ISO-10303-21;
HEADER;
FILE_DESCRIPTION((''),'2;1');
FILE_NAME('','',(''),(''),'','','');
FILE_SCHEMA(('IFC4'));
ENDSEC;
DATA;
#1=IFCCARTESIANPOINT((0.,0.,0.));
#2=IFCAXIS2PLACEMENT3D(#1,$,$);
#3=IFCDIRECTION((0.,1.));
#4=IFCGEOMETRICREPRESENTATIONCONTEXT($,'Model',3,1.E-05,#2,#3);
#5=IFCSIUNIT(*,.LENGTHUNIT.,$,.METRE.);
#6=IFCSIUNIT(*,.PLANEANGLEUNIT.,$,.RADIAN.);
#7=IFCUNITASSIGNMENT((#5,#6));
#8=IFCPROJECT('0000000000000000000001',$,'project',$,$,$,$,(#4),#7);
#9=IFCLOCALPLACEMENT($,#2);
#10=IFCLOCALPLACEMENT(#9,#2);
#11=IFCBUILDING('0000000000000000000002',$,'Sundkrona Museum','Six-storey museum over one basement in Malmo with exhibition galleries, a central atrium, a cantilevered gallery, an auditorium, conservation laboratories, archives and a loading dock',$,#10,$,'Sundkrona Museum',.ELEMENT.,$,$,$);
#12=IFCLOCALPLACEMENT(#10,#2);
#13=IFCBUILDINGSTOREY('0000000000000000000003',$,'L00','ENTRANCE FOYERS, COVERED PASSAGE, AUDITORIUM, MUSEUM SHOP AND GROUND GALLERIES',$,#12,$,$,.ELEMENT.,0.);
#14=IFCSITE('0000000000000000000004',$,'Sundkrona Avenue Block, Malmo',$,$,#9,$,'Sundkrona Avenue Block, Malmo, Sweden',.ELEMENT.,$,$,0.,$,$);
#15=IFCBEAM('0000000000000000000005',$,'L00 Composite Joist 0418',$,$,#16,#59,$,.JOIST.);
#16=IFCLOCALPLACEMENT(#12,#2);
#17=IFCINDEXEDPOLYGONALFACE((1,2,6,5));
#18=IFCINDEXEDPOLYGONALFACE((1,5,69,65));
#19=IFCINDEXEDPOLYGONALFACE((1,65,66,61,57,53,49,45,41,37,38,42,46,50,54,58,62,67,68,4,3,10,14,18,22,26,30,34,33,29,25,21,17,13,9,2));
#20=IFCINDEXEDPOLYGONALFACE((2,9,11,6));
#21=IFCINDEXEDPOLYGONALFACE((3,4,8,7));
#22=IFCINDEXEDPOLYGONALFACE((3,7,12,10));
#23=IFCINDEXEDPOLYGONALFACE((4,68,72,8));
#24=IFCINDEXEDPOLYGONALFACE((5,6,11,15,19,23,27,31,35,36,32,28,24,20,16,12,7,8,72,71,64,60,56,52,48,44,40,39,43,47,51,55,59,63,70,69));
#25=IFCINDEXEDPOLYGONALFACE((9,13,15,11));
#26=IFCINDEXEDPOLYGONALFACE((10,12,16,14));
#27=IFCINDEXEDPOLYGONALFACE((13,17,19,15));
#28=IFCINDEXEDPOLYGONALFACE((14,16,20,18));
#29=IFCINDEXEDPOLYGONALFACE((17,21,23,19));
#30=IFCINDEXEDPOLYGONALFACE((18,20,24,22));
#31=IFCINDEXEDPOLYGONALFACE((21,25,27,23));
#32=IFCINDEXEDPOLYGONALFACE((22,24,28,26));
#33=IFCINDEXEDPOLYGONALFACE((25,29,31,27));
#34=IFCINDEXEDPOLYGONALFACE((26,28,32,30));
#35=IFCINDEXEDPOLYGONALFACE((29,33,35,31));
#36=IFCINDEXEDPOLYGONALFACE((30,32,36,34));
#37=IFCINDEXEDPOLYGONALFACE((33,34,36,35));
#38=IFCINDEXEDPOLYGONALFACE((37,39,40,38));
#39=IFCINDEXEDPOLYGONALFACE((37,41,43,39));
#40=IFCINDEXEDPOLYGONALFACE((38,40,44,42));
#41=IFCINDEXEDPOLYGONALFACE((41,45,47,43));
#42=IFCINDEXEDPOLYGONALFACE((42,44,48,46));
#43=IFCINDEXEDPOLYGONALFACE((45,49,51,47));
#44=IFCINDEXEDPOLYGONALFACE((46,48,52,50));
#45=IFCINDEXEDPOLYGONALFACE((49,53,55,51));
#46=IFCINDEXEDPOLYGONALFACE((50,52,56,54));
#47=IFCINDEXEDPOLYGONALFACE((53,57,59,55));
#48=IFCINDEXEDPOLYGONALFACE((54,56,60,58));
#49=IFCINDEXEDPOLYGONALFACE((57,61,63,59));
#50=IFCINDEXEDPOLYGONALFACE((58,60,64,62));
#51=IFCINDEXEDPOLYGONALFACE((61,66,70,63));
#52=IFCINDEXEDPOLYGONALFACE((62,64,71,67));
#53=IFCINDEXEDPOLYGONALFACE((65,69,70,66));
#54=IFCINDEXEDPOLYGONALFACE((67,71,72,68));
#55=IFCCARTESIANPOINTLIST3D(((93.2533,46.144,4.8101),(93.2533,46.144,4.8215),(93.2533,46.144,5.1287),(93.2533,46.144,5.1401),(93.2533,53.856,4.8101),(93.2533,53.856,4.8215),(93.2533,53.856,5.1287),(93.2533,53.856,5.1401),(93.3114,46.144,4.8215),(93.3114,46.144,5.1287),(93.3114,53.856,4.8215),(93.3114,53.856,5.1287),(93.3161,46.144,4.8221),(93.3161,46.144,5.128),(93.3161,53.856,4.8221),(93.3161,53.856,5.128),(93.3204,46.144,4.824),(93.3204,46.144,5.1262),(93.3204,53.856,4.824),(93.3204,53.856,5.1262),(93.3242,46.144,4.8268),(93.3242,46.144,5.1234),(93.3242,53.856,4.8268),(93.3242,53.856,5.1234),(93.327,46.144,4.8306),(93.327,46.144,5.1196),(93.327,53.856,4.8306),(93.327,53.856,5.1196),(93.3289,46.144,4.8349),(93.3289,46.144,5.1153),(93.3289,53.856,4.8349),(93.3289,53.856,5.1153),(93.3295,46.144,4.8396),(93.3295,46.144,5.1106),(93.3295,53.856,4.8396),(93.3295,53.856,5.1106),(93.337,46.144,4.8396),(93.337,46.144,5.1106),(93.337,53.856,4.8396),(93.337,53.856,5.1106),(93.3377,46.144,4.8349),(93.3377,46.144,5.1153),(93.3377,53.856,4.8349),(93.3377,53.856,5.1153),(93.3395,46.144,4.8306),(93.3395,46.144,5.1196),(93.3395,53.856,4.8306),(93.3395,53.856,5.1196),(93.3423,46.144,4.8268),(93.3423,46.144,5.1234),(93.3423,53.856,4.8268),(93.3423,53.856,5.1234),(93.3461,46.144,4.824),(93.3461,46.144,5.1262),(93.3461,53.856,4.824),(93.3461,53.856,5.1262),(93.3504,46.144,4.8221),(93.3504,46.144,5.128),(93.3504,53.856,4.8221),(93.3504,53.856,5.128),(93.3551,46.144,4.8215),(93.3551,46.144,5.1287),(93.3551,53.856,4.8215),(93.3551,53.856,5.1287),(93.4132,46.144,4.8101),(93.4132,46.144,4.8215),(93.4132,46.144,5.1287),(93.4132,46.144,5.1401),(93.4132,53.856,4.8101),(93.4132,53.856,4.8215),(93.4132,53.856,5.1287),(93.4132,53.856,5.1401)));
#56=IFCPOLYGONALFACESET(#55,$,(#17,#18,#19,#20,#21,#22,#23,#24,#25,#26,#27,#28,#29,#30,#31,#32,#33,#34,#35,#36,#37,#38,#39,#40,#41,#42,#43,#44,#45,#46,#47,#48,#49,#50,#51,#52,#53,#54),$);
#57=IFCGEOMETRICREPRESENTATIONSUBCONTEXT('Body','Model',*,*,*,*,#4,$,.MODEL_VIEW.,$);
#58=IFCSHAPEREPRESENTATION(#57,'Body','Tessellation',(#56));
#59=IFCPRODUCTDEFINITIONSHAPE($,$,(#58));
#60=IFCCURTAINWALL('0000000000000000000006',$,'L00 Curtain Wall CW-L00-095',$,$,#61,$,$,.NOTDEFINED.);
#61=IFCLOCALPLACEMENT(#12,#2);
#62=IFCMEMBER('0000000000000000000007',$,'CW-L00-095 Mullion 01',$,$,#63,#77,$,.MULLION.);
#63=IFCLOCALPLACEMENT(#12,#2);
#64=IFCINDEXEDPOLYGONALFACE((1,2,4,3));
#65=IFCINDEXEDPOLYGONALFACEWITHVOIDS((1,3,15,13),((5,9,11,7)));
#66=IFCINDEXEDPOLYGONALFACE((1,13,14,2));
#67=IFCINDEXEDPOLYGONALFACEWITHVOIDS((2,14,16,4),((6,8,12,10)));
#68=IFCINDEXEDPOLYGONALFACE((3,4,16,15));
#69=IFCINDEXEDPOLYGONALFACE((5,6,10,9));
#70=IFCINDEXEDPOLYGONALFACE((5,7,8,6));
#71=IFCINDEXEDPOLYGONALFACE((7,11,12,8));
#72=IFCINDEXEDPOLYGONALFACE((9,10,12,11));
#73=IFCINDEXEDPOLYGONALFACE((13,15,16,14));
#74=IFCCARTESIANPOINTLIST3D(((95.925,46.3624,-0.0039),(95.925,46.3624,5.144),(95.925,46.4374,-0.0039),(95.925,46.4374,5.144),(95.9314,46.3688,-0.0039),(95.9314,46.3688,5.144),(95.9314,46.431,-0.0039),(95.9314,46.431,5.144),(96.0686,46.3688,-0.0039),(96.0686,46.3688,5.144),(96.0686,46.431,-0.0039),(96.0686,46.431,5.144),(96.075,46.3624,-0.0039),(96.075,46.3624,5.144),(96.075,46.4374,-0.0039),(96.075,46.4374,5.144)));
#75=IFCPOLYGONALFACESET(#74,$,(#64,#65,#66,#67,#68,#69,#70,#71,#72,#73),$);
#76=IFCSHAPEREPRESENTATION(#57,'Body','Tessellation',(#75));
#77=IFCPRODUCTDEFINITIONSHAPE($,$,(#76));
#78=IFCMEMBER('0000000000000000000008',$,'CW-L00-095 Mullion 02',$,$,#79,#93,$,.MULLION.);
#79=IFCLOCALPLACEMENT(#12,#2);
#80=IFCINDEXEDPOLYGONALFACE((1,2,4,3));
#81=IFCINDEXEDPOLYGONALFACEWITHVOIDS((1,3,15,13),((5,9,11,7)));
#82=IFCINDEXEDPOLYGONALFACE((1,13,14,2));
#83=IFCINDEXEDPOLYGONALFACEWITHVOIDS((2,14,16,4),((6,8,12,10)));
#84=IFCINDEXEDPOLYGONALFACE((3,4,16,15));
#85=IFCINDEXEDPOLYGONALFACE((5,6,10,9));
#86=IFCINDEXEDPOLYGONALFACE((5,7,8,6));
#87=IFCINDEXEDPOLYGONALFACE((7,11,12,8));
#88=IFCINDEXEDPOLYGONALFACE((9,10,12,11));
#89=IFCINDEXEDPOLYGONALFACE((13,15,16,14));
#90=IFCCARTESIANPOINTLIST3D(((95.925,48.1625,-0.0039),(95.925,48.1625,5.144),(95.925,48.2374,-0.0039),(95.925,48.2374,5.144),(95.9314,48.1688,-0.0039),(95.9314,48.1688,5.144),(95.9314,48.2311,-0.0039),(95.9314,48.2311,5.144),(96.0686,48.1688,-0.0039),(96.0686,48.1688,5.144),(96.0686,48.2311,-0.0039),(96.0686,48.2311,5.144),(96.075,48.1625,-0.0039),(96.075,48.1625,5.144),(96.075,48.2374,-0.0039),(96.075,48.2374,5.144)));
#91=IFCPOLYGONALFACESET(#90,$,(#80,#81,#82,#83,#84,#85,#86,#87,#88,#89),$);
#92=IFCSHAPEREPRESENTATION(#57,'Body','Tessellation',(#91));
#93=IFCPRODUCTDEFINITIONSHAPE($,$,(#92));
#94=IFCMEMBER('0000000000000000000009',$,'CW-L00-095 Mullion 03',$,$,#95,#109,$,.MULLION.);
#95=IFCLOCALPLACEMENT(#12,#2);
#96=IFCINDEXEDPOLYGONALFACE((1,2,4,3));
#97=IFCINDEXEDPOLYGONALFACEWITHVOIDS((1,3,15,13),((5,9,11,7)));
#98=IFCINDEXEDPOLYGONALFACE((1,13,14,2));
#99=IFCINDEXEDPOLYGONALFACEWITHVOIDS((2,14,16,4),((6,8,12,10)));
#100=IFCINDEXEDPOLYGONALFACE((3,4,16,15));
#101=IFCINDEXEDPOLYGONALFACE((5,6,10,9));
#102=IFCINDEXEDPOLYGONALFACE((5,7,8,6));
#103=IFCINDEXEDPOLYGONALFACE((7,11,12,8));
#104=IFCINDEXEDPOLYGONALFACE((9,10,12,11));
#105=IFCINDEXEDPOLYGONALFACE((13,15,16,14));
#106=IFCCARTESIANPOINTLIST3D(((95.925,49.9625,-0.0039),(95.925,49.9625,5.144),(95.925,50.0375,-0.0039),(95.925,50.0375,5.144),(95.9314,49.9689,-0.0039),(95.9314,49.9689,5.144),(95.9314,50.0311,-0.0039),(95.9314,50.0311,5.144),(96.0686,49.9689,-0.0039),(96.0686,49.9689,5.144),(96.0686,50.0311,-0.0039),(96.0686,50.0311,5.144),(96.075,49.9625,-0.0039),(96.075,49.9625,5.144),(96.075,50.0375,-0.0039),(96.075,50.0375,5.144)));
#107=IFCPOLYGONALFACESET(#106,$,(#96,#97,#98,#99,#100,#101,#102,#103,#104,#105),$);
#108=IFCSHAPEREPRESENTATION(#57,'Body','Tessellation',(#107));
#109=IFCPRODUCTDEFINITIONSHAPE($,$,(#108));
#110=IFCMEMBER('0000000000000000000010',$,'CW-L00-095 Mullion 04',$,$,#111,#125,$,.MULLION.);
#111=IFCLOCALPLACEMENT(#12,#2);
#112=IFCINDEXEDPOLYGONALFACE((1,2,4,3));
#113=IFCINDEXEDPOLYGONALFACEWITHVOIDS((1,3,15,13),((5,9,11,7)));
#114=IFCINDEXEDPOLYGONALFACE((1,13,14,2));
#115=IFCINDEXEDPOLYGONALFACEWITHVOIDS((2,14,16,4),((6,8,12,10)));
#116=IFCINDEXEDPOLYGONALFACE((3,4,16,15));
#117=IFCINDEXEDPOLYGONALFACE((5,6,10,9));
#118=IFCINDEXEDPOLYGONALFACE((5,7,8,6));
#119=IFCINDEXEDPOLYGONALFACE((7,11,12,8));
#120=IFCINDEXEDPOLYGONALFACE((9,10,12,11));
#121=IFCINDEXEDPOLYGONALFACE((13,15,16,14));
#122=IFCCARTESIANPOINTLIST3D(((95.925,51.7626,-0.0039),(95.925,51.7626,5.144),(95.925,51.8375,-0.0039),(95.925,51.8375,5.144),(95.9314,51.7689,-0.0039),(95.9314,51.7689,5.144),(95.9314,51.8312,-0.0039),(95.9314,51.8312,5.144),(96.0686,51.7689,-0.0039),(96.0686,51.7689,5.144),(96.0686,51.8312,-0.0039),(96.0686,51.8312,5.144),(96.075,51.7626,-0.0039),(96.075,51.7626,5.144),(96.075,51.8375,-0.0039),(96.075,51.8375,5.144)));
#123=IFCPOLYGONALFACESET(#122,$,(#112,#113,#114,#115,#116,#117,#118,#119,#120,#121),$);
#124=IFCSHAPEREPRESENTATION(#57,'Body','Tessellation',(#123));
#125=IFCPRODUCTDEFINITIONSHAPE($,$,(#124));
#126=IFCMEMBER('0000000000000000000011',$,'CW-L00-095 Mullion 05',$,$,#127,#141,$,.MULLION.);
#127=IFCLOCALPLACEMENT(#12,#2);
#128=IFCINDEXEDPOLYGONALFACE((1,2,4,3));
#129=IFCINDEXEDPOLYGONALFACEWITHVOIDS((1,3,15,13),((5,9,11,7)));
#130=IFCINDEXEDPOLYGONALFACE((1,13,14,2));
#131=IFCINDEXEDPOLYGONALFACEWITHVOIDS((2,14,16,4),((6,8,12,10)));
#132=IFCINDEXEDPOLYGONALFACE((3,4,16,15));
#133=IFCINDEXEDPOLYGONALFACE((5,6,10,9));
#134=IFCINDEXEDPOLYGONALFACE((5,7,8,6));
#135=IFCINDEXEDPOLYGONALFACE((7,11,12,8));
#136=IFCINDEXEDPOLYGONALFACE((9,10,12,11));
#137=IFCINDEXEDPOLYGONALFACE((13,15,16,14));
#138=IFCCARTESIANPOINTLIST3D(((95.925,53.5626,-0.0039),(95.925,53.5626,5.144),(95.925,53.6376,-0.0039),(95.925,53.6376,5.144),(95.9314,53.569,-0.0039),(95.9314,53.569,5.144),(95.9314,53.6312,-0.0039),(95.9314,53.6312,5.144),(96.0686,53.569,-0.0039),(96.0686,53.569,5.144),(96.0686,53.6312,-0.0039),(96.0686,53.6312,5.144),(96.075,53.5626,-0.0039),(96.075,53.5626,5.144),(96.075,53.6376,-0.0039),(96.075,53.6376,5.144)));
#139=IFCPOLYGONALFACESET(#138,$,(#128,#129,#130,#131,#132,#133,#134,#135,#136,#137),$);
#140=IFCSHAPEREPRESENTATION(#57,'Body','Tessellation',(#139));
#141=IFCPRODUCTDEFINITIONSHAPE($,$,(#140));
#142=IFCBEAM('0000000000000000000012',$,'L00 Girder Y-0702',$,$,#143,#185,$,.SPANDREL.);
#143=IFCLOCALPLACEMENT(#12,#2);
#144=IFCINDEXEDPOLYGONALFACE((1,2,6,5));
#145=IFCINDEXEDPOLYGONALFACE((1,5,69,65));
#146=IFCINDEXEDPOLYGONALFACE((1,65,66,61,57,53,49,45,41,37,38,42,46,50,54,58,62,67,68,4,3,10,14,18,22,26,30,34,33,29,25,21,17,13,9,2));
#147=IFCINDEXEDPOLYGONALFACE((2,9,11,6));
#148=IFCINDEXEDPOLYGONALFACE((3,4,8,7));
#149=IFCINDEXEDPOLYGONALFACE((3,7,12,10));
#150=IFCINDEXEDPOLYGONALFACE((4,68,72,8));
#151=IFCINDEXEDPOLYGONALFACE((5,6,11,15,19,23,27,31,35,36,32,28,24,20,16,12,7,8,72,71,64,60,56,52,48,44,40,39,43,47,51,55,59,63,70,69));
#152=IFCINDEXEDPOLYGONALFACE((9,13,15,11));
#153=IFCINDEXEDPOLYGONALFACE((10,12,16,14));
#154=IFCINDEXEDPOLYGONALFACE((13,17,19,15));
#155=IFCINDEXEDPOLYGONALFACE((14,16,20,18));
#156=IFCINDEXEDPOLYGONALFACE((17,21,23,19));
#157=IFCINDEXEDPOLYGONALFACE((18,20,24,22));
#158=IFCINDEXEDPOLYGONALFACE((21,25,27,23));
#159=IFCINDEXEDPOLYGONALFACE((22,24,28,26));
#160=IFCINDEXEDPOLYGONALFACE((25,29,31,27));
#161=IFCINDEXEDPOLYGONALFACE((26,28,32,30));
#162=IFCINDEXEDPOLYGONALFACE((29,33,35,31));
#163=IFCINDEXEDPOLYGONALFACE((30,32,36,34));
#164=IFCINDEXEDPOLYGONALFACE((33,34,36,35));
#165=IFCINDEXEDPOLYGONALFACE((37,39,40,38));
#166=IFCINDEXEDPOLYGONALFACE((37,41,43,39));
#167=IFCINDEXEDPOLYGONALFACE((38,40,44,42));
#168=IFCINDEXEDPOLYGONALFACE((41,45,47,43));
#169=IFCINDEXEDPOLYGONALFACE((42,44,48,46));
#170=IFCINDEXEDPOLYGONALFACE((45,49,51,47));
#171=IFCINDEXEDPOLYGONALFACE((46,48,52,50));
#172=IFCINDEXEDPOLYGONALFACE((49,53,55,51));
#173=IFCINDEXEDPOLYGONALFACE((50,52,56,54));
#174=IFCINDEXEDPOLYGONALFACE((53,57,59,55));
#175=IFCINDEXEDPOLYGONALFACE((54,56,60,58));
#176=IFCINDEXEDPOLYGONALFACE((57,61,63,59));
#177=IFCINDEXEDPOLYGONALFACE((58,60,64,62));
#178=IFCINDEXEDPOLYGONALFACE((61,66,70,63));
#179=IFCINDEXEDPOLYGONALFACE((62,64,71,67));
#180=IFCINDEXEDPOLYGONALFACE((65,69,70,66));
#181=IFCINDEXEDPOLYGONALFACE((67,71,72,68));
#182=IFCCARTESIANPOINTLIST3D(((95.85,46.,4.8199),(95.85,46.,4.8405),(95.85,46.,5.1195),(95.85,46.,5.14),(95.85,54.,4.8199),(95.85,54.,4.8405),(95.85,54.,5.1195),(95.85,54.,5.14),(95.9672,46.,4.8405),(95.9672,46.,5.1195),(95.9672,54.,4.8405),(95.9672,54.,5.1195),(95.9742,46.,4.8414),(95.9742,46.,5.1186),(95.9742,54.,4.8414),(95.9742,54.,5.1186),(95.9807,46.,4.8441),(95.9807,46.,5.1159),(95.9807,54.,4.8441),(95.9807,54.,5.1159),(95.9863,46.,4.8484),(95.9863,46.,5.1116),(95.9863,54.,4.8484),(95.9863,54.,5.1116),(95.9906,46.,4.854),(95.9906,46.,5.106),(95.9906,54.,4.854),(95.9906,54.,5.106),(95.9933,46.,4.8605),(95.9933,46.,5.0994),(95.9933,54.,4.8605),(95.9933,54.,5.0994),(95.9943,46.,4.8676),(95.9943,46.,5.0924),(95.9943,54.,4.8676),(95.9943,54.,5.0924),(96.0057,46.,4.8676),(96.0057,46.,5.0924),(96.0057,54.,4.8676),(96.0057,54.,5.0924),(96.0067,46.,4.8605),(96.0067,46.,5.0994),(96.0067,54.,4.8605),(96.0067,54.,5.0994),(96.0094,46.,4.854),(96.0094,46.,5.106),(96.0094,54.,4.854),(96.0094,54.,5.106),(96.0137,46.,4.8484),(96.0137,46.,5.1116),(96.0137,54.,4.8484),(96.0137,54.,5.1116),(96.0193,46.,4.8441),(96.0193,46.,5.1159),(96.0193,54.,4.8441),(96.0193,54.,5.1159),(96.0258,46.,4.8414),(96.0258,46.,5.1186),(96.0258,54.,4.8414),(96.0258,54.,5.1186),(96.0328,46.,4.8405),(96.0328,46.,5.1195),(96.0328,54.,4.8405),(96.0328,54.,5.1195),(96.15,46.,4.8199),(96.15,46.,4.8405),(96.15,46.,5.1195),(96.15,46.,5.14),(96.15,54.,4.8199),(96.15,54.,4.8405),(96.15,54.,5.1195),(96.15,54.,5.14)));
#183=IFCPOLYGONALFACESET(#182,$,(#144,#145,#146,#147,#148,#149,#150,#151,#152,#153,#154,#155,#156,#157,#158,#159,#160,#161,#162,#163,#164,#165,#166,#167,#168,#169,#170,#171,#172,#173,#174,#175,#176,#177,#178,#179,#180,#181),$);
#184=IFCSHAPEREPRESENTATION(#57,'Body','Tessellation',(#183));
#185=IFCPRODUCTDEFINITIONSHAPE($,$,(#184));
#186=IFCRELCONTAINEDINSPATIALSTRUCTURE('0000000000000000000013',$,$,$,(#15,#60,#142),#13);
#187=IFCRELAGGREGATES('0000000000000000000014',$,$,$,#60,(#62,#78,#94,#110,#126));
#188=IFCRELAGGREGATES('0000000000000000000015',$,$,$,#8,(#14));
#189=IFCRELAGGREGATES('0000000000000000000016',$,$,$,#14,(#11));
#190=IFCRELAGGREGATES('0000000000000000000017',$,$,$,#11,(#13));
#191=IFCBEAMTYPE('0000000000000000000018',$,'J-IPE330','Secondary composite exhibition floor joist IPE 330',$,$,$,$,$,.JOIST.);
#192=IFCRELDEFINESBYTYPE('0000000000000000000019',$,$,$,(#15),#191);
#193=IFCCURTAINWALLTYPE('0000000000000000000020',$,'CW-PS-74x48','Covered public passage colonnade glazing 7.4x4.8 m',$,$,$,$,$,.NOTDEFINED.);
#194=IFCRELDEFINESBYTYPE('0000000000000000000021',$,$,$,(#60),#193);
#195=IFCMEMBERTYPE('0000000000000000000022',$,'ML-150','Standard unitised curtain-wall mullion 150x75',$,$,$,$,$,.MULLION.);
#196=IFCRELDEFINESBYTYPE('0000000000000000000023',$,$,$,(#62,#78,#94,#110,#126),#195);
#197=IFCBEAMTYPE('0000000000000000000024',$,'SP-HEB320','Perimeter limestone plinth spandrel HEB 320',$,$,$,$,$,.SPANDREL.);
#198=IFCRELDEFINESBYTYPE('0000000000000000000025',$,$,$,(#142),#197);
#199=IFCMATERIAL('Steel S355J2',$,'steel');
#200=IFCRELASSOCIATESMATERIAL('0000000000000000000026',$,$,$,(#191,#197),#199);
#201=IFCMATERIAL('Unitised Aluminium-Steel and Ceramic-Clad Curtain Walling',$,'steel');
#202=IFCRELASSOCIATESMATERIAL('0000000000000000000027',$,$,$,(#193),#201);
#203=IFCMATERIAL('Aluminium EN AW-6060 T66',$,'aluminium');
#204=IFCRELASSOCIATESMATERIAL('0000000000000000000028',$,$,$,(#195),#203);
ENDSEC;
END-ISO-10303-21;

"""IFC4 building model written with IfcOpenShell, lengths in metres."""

from ifc_helpers import new_model, si_unit, direction, frame, origin, origin_2d, place, context, subcontext, project, spatial, hollow_rectangle, i_section, extrude, material, material_profile, profile_set, type_object, element, aggregate, save


model = new_model("IFC4")

# Units and contexts
model_context = context("Model", 3, precision=1e-05, world=origin(), true_north=direction((0.0, 1.0)))
body_context = subcontext(model_context, "Body", "Model", "MODEL_VIEW")
ifc_project = project(units=[si_unit("LENGTHUNIT", "METRE"), si_unit("PLANEANGLEUNIT", "RADIAN")], contexts=[model_context])

# Site, building, storey
site_placement = place(None, origin())
site = spatial("IfcSite", under=ifc_project, at=site_placement, Name="Sundkrona Avenue Block, Malmo", LongName="Sundkrona Avenue Block, Malmo, Sweden", CompositionType="ELEMENT", RefElevation=0.0)
building_placement = place(site_placement, origin())
building = spatial("IfcBuilding", under=site, at=building_placement, Name="Sundkrona Museum", Description="Six-storey museum over one basement in Malmo with exhibition galleries, a central atrium, a cantilevered gallery, an auditorium, conservation laboratories, archives and a loading dock", LongName="Sundkrona Museum", CompositionType="ELEMENT")
storey_placement = place(building_placement, origin())
storey = spatial("IfcBuildingStorey", under=building, at=storey_placement, Name="L00", Description="ENTRANCE FOYERS, COVERED PASSAGE, AUDITORIUM, MUSEUM SHOP AND GROUND GALLERIES", CompositionType="ELEMENT", Elevation=0.0)

# Shared definitions
ifc_material_1 = material(Name="Steel S355J2", Category="steel")

# Beam
ifc_material_profile_1 = material_profile(ifc_material_1, i_section(OverallWidth=0.1599, OverallDepth=0.3301, WebThickness=0.0076, FlangeThickness=0.0115, FilletRadius=0.0181, at=origin_2d()), Name="IPE 330")
ifc_profile_set_1 = profile_set([ifc_material_profile_1], Name="Steel S355J2")
beam_type_1 = type_object("IfcBeamType", Name="J-IPE330", Description="Secondary composite exhibition floor joist IPE 330", PredefinedType="JOIST", material=ifc_profile_set_1)
for number, where, z_axis, x_axis, name in (
    (1, (93.3333, 46.144, 4.9751), (0.0, 1.0, 0.0), (-1.0, 0.0, 0.0), "L00 Composite Joist 0418"),
):
    element("IfcBeam", number, at=place(storey_placement, frame(where, z_axis=z_axis, x_axis=x_axis)), inside=storey, type_object=beam_type_1, Name=name, PredefinedType="JOIST", context=body_context, shape_type="SweptSolid", body=[
        extrude(i_section(OverallWidth=0.1599, OverallDepth=0.3301, WebThickness=0.0076, FlangeThickness=0.0115, FilletRadius=0.0181, at=origin_2d()), origin(), (0.0, 0.0, 1.0), 7.7119),
    ])

# Curtain wall, members
ifc_material_2 = material(Name="Unitised Aluminium-Steel and Ceramic-Clad Curtain Walling", Category="steel")
curtain_wall_type = type_object("IfcCurtainWallType", Name="CW-PS-74x48", Description="Covered public passage colonnade glazing 7.4x4.8 m", PredefinedType="NOTDEFINED", material=ifc_material_2)
curtain_wall_placement = place(storey_placement, origin())
curtain_wall = element("IfcCurtainWall", 2, at=curtain_wall_placement, inside=storey, type_object=curtain_wall_type, Name="L00 Curtain Wall CW-L00-095", PredefinedType="NOTDEFINED")
ifc_material_3 = material(Name="Aluminium EN AW-6060 T66", Category="aluminium")
ifc_material_profile_2 = material_profile(ifc_material_3, hollow_rectangle(XDim=0.075, YDim=0.1499, WallThickness=0.0063, at=origin_2d()), Name="RHS 150x75x6.3")
ifc_profile_set_2 = profile_set([ifc_material_profile_2], Name="Aluminium EN AW-6060 T66")
member_type_1 = type_object("IfcMemberType", Name="ML-150", Description="Standard unitised curtain-wall mullion 150x75", PredefinedType="MULLION", material=ifc_profile_set_2)
member_1_placement = place(storey_placement, frame((96.0, 46.3999, -0.0039), z_axis=(0.0, 0.0, 1.0), x_axis=(0.0, 1.0, 0.0)))
member_1 = element("IfcMember", 3, at=member_1_placement, type_object=member_type_1, Name="CW-L00-095 Mullion 01", PredefinedType="MULLION", context=body_context, shape_type="SweptSolid", body=[
    extrude(hollow_rectangle(XDim=0.075, YDim=0.1499, WallThickness=0.0063, at=origin_2d()), origin(), (0.0, 0.0, 1.0), 5.1479),
])
member_2_placement = place(storey_placement, frame((96.0, 48.2, -0.0039), z_axis=(0.0, 0.0, 1.0), x_axis=(0.0, 1.0, 0.0)))
member_2 = element("IfcMember", 4, at=member_2_placement, type_object=member_type_1, Name="CW-L00-095 Mullion 02", PredefinedType="MULLION", context=body_context, shape_type="SweptSolid", body=[
    extrude(hollow_rectangle(XDim=0.075, YDim=0.1499, WallThickness=0.0063, at=origin_2d()), origin(), (0.0, 0.0, 1.0), 5.1479),
])
member_3_placement = place(storey_placement, frame((96.0, 50.0, -0.0039), z_axis=(0.0, 0.0, 1.0), x_axis=(0.0, 1.0, 0.0)))
member_3 = element("IfcMember", 5, at=member_3_placement, type_object=member_type_1, Name="CW-L00-095 Mullion 03", PredefinedType="MULLION", context=body_context, shape_type="SweptSolid", body=[
    extrude(hollow_rectangle(XDim=0.075, YDim=0.1499, WallThickness=0.0063, at=origin_2d()), origin(), (0.0, 0.0, 1.0), 5.1479),
])
member_4_placement = place(storey_placement, frame((96.0, 51.8, -0.0039), z_axis=(0.0, 0.0, 1.0), x_axis=(0.0, 1.0, 0.0)))
member_4 = element("IfcMember", 6, at=member_4_placement, type_object=member_type_1, Name="CW-L00-095 Mullion 04", PredefinedType="MULLION", context=body_context, shape_type="SweptSolid", body=[
    extrude(hollow_rectangle(XDim=0.075, YDim=0.1499, WallThickness=0.0063, at=origin_2d()), origin(), (0.0, 0.0, 1.0), 5.1479),
])
member_5_placement = place(storey_placement, frame((96.0, 53.6001, -0.0039), z_axis=(0.0, 0.0, 1.0), x_axis=(0.0, 1.0, 0.0)))
member_5 = element("IfcMember", 7, at=member_5_placement, type_object=member_type_1, Name="CW-L00-095 Mullion 05", PredefinedType="MULLION", context=body_context, shape_type="SweptSolid", body=[
    extrude(hollow_rectangle(XDim=0.075, YDim=0.1499, WallThickness=0.0063, at=origin_2d()), origin(), (0.0, 0.0, 1.0), 5.1479),
])

# Beam
ifc_material_profile_3 = material_profile(ifc_material_1, i_section(OverallWidth=0.3, OverallDepth=0.3201, WebThickness=0.0115, FlangeThickness=0.0205, FilletRadius=0.0271, at=origin_2d()), Name="HEB 320")
ifc_profile_set_3 = profile_set([ifc_material_profile_3], Name="Steel S355J2")
beam_type_2 = type_object("IfcBeamType", Name="SP-HEB320", Description="Perimeter limestone plinth spandrel HEB 320", PredefinedType="SPANDREL", material=ifc_profile_set_3)
beam_1_placement = place(storey_placement, frame((96.0, 46.0, 4.98), z_axis=(0.0, 1.0, 0.0), x_axis=(-1.0, 0.0, 0.0)))
element("IfcBeam", 8, at=beam_1_placement, inside=storey, type_object=beam_type_2, Name="L00 Girder Y-0702", PredefinedType="SPANDREL", context=body_context, shape_type="SweptSolid", body=[
    extrude(i_section(OverallWidth=0.3, OverallDepth=0.3201, WebThickness=0.0115, FlangeThickness=0.0205, FilletRadius=0.0271, at=origin_2d()), origin(), (0.0, 0.0, 1.0), 8.0),
])

aggregate(curtain_wall, [member_1, member_2, member_3, member_4, member_5])

save(model, "model.ifc")
